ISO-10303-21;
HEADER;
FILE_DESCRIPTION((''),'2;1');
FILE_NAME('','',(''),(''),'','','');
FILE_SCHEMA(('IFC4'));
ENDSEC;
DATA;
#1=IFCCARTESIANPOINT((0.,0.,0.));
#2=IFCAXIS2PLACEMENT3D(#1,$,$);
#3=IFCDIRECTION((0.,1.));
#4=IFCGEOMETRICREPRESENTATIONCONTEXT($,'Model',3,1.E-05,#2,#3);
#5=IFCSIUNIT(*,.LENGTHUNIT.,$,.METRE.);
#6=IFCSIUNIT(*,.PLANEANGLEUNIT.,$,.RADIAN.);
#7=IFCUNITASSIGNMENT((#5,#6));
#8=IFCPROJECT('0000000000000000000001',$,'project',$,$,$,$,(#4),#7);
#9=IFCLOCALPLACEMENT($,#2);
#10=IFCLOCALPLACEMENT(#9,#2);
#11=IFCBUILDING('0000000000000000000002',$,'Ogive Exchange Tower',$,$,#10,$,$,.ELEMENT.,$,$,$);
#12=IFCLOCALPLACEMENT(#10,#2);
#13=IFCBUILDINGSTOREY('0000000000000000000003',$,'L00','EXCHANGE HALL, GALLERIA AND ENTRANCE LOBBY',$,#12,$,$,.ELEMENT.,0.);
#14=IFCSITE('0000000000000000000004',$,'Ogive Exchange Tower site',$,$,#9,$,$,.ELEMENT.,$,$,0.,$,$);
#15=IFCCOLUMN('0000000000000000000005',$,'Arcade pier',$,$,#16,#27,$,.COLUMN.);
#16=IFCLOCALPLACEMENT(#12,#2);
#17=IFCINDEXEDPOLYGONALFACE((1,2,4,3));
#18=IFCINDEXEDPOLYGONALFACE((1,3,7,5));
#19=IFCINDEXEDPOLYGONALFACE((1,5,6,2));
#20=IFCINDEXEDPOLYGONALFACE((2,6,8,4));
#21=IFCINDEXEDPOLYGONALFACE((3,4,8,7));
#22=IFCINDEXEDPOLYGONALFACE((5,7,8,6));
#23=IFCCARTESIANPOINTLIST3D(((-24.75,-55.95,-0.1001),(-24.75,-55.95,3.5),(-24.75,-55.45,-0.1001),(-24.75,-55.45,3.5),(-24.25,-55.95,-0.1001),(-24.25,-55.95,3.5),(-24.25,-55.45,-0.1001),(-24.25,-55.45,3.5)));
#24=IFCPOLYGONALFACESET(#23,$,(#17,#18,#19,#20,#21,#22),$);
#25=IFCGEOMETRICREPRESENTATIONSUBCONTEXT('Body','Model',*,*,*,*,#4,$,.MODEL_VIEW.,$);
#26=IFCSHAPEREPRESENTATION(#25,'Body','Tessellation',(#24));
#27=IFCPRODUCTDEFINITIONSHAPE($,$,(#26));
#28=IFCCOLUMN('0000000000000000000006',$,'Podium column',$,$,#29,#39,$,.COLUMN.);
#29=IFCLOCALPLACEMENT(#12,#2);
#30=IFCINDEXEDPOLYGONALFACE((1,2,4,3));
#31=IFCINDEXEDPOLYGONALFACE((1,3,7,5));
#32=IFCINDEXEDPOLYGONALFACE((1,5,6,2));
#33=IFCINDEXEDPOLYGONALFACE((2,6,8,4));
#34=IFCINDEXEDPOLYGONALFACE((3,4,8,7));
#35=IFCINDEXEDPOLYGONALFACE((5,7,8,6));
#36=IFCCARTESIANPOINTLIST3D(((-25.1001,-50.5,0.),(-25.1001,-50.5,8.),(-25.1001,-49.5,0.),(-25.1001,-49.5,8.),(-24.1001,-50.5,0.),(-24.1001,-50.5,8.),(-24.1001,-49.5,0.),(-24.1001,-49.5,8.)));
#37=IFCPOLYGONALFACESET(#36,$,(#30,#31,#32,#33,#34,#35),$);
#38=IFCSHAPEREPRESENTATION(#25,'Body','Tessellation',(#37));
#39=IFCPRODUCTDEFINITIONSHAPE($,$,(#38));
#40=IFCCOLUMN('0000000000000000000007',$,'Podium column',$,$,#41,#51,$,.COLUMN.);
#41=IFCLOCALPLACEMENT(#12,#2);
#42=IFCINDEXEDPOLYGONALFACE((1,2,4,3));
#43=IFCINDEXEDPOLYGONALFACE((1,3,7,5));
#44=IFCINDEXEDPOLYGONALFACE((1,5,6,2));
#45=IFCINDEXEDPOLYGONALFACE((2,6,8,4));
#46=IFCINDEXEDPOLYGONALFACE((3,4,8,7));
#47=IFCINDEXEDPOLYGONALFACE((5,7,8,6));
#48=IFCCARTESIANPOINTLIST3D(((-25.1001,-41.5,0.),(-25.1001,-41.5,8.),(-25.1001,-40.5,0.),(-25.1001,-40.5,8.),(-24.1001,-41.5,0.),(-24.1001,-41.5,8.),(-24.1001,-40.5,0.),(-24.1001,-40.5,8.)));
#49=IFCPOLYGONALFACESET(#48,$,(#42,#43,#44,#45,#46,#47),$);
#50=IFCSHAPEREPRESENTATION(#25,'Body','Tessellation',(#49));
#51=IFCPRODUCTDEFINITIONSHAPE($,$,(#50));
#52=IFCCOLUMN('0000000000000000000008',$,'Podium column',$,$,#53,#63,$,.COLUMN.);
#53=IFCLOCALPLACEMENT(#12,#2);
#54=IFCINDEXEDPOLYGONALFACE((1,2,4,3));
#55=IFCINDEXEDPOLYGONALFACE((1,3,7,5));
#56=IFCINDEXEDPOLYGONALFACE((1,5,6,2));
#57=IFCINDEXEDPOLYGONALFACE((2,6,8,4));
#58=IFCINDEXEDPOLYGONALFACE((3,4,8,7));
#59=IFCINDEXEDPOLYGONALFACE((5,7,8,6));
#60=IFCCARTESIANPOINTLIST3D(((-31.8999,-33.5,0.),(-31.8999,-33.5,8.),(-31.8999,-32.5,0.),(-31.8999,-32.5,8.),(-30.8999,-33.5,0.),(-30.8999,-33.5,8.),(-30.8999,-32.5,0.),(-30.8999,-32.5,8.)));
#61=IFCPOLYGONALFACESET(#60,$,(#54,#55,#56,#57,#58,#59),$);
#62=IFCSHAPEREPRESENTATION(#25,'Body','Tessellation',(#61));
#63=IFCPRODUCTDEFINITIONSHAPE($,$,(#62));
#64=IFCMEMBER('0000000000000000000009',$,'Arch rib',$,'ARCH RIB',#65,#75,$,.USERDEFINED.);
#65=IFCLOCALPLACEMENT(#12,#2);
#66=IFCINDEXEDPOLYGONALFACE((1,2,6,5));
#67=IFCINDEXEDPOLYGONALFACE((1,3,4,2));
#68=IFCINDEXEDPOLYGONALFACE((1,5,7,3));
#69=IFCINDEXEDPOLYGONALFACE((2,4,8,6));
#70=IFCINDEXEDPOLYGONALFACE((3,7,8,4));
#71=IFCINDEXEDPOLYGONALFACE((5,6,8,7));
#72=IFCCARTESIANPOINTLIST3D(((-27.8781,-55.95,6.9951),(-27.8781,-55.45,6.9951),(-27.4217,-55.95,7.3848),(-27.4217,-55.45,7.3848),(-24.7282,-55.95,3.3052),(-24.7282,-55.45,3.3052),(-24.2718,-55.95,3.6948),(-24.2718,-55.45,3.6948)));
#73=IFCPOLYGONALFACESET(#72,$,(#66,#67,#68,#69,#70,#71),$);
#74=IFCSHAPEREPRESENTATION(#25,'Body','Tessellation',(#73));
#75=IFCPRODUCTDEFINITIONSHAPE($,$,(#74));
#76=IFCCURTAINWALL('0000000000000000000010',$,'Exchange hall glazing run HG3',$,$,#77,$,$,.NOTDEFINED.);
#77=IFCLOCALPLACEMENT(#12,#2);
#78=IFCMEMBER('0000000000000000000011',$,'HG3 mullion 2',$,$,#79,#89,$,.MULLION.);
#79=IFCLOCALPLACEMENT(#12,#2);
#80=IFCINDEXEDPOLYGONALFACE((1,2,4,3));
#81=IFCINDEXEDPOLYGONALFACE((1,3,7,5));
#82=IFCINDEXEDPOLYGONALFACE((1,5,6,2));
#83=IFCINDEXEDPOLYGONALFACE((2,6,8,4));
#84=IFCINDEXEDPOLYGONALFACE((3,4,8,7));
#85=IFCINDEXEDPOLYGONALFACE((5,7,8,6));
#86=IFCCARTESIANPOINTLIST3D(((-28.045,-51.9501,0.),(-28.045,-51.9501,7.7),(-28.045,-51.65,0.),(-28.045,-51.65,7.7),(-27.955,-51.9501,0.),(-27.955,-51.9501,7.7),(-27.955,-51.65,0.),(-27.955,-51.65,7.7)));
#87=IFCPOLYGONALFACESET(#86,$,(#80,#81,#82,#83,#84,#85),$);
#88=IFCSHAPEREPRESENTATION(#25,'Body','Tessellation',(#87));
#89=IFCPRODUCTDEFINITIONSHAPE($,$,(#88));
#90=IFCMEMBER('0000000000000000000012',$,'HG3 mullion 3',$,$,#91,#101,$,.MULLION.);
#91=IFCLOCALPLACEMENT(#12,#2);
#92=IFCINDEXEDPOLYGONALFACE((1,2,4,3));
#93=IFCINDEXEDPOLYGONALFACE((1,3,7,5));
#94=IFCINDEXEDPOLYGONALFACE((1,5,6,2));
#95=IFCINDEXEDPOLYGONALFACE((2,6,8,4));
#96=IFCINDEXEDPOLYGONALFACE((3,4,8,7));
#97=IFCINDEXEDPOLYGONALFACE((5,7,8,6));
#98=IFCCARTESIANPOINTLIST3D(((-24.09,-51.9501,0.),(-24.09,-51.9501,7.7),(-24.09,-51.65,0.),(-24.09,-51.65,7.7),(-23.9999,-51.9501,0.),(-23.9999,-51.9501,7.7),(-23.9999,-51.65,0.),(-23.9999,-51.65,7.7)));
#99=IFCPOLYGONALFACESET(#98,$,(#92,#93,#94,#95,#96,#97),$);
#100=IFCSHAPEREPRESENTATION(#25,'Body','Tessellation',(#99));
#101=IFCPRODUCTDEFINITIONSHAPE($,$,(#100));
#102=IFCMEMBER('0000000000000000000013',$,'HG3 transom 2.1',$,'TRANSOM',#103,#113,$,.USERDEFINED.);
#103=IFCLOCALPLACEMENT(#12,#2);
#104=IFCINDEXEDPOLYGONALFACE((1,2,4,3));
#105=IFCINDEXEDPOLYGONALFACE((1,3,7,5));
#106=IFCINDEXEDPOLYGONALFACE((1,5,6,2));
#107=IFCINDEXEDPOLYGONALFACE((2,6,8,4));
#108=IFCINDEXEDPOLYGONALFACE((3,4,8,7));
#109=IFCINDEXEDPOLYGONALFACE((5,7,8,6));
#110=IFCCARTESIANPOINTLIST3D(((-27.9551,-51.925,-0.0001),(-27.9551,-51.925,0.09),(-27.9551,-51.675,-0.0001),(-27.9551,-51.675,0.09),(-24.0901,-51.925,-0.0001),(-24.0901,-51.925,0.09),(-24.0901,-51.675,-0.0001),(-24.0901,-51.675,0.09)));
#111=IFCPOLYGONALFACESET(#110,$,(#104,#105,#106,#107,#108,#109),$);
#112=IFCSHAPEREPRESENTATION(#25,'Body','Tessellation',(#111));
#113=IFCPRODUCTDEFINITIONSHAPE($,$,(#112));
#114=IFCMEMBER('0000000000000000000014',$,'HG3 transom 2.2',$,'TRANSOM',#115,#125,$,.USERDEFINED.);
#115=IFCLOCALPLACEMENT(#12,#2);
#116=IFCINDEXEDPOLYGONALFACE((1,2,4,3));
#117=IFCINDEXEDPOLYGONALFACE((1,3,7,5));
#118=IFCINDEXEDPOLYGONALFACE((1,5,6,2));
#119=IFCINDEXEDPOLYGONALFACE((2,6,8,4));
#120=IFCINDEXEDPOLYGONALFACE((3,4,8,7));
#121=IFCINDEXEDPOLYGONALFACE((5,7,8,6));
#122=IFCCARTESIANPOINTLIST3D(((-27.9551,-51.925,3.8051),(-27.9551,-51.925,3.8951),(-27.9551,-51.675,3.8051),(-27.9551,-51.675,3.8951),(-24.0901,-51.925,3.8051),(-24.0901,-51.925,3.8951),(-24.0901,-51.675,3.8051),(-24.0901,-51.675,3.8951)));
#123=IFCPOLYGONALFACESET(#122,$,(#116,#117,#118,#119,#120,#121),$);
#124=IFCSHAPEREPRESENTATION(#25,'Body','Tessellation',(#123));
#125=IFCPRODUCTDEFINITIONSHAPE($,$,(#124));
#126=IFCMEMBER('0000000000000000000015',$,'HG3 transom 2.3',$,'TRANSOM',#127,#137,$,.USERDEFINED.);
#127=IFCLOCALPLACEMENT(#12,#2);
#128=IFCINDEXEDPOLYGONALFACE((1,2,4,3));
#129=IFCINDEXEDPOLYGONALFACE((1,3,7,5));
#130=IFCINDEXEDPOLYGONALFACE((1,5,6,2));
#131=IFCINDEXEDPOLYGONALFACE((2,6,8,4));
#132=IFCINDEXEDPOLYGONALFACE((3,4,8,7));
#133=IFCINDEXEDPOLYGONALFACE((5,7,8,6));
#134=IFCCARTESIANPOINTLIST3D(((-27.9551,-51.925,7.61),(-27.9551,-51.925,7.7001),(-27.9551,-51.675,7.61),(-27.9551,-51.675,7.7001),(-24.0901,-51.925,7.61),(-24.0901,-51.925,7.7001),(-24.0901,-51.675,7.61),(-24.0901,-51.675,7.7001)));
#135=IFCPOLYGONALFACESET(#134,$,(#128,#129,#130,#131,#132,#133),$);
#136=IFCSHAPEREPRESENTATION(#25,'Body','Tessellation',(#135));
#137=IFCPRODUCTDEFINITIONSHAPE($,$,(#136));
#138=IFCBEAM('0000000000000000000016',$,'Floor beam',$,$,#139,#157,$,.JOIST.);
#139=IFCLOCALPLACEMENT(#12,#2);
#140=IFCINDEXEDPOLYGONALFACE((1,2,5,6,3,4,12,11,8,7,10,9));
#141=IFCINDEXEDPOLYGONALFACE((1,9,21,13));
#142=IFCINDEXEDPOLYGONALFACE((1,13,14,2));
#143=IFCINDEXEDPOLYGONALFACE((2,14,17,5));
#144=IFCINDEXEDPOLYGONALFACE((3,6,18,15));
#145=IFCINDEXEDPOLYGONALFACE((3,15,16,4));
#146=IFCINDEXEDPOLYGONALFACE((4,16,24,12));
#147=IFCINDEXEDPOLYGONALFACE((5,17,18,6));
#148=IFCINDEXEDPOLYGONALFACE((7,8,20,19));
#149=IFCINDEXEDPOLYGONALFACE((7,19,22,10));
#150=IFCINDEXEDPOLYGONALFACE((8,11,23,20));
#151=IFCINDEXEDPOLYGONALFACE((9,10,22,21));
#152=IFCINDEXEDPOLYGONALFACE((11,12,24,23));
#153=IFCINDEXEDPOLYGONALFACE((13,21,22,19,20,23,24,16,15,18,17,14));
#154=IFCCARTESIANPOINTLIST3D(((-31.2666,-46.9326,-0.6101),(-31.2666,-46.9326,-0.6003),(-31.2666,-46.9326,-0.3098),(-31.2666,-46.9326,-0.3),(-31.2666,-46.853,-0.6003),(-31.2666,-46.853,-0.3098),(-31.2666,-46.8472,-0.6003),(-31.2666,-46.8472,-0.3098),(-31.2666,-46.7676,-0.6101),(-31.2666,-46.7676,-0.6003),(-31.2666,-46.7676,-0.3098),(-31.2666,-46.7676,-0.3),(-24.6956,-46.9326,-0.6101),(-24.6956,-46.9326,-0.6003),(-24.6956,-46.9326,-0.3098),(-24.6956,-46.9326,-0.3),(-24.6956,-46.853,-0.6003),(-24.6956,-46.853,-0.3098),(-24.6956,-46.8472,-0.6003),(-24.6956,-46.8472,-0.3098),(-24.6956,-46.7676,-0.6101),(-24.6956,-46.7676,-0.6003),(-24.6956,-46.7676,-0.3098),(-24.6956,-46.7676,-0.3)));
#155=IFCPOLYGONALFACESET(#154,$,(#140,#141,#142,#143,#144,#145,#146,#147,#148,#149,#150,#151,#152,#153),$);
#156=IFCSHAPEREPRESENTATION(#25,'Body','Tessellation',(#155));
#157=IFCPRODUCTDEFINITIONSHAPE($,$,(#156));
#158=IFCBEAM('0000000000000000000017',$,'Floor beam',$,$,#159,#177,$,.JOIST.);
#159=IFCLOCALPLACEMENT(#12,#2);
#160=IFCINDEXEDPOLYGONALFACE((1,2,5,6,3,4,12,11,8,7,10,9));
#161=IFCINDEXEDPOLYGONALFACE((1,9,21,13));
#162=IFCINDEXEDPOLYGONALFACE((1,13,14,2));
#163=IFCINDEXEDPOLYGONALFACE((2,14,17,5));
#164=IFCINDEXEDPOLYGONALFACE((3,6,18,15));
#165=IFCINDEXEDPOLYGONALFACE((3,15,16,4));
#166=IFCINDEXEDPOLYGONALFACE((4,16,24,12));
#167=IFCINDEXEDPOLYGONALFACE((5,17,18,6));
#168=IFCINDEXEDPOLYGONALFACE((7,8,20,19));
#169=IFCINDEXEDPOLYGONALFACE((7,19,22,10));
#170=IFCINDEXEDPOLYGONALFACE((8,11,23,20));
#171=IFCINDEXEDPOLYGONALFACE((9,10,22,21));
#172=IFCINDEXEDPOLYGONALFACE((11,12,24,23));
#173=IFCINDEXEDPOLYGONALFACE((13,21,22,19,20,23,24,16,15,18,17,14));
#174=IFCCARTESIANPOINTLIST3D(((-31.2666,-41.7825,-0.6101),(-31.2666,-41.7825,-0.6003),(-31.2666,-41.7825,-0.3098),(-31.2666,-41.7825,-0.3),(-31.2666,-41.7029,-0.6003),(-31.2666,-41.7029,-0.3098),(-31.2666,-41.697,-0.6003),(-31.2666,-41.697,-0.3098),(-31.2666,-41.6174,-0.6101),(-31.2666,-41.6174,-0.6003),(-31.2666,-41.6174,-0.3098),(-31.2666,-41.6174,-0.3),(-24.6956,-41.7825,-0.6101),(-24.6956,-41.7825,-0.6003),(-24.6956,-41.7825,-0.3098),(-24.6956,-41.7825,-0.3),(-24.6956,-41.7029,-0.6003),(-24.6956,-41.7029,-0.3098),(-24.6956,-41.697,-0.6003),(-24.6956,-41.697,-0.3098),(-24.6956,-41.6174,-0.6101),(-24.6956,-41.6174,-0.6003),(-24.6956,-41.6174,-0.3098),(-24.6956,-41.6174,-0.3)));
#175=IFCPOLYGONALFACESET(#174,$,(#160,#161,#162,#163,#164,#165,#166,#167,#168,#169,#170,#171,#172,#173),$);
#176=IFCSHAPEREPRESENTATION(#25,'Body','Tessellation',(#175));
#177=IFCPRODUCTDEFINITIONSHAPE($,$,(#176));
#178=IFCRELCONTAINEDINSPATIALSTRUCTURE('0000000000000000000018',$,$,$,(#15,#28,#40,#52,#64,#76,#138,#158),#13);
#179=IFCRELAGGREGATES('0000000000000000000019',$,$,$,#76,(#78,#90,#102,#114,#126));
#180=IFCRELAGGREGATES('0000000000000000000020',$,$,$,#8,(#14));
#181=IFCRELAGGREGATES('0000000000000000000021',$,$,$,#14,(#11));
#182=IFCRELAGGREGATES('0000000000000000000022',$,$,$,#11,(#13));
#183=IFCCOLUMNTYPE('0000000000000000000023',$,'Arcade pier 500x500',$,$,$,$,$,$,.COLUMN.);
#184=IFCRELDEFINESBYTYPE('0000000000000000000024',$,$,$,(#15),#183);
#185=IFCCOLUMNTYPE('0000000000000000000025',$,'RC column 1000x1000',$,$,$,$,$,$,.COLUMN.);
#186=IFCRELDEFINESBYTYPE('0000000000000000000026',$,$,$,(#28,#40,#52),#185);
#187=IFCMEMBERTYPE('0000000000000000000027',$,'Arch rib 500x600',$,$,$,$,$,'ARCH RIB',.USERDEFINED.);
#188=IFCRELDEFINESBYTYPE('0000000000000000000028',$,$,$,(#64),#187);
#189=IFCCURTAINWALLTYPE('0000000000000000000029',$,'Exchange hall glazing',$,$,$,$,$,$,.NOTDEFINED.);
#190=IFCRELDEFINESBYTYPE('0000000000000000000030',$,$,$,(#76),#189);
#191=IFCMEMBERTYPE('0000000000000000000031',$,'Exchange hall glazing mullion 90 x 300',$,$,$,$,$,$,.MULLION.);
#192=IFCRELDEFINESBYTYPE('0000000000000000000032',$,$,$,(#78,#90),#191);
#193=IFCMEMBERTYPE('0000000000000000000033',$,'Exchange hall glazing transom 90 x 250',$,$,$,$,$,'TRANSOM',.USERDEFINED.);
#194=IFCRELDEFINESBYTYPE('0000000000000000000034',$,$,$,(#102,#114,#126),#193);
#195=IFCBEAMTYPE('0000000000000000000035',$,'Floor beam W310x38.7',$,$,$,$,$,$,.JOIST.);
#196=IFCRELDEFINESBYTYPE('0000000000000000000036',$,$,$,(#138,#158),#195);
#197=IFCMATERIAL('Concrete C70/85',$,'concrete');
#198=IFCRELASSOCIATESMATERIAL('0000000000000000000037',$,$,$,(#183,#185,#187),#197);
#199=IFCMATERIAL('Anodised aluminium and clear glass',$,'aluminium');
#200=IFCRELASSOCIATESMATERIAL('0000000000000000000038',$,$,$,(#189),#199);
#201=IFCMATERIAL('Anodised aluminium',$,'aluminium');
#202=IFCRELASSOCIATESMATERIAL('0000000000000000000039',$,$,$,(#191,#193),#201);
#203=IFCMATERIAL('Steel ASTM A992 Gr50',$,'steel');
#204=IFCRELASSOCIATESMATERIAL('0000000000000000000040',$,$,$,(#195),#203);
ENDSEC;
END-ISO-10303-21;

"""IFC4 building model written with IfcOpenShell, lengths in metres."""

from ifc_helpers import new_model, si_unit, direction, frame, origin, origin_2d, place, context, subcontext, project, spatial, rectangle, i_section, extrude, material, material_profile, profile_set, type_object, element, aggregate, save


model = new_model("IFC4")

# Units and contexts
model_context = context("Model", 3, precision=1e-05, world=origin(), true_north=direction((0.0, 1.0)))
body_context = subcontext(model_context, "Body", "Model", "MODEL_VIEW")
ifc_project = project(units=[si_unit("LENGTHUNIT", "METRE"), si_unit("PLANEANGLEUNIT", "RADIAN")], contexts=[model_context])

# Site, building, storey
site_placement = place(None, origin())
site = spatial("IfcSite", under=ifc_project, at=site_placement, Name="Ogive Exchange Tower site", CompositionType="ELEMENT", RefElevation=0.0)
building_placement = place(site_placement, origin())
building = spatial("IfcBuilding", under=site, at=building_placement, Name="Ogive Exchange Tower", CompositionType="ELEMENT")
storey_placement = place(building_placement, origin())
storey = spatial("IfcBuildingStorey", under=building, at=storey_placement, Name="L00", Description="EXCHANGE HALL, GALLERIA AND ENTRANCE LOBBY", CompositionType="ELEMENT", Elevation=0.0)

# Columns
ifc_material_1 = material(Name="Concrete C70/85", Category="concrete")
ifc_material_profile_1 = material_profile(ifc_material_1, rectangle(XDim=0.5, YDim=0.5, at=origin_2d()), Name="RC 500x500")
ifc_profile_set_1 = profile_set([ifc_material_profile_1], Name="Concrete C70/85")
column_type_1 = type_object("IfcColumnType", Name="Arcade pier 500x500", PredefinedType="COLUMN", material=ifc_profile_set_1)
column_placement = place(storey_placement, frame((-24.5, -55.7, -0.1001), z_axis=(0.0, 0.0, 1.0), x_axis=(1.0, 0.0, 0.0)))
element("IfcColumn", 1, at=column_placement, inside=storey, type_object=column_type_1, Name="Arcade pier", PredefinedType="COLUMN", context=body_context, shape_type="SweptSolid", body=[
    extrude(rectangle(XDim=0.5, YDim=0.5, at=origin_2d()), origin(), (0.0, 0.0, 1.0), 3.6001),
])
ifc_material_profile_2 = material_profile(ifc_material_1, rectangle(XDim=1.0, YDim=1.0, at=origin_2d()), Name="RC 1000x1000")
ifc_profile_set_2 = profile_set([ifc_material_profile_2], Name="Concrete C70/85")
column_type_2 = type_object("IfcColumnType", Name="RC column 1000x1000", PredefinedType="COLUMN", material=ifc_profile_set_2)
for number, where, z_axis, x_axis, name in (
    (2, (-24.6001, -50.0, 0.0), (0.0, 0.0, 1.0), (1.0, 0.0, 0.0), "Podium column"),
    (3, (-24.6001, -41.0, 0.0), (0.0, 0.0, 1.0), (1.0, 0.0, 0.0), "Podium column"),
    (4, (-31.3999, -33.0, 0.0), (0.0, 0.0, 1.0), (1.0, 0.0, 0.0), "Podium column"),
):
    element("IfcColumn", number, at=place(storey_placement, frame(where, z_axis=z_axis, x_axis=x_axis)), inside=storey, type_object=column_type_2, Name=name, PredefinedType="COLUMN", context=body_context, shape_type="SweptSolid", body=[
        extrude(rectangle(XDim=1.0, YDim=1.0, at=origin_2d()), origin(), (0.0, 0.0, 1.0), 8.0),
    ])

# Member
ifc_material_profile_3 = material_profile(ifc_material_1, rectangle(XDim=0.5, YDim=0.6001, at=origin_2d()), Name="PC 500x600")
ifc_profile_set_3 = profile_set([ifc_material_profile_3], Name="Concrete C70/85")
member_type_1 = type_object("IfcMemberType", Name="Arch rib 500x600", ElementType="ARCH RIB", PredefinedType="USERDEFINED", material=ifc_profile_set_3)
member_1_placement = place(storey_placement, frame((-24.5, -55.7, 3.5), z_axis=(-0.649257, 0.0, 0.760569), x_axis=(0.0, -1.0, 0.0)))
element("IfcMember", 5, at=member_1_placement, inside=storey, type_object=member_type_1, Name="Arch rib", ObjectType="ARCH RIB", PredefinedType="USERDEFINED", context=body_context, shape_type="SweptSolid", body=[
    extrude(rectangle(XDim=0.5, YDim=0.6001, at=origin_2d()), origin(), (0.0, 0.0, 1.0), 4.8516),
])

# Curtain wall, members
ifc_material_2 = material(Name="Anodised aluminium and clear glass", Category="aluminium")
curtain_wall_type = type_object("IfcCurtainWallType", Name="Exchange hall glazing", PredefinedType="NOTDEFINED", material=ifc_material_2)
curtain_wall_placement = place(storey_placement, origin())
curtain_wall = element("IfcCurtainWall", 6, at=curtain_wall_placement, inside=storey, type_object=curtain_wall_type, Name="Exchange hall glazing run HG3", PredefinedType="NOTDEFINED")
ifc_material_3 = material(Name="Anodised aluminium", Category="aluminium")
ifc_material_profile_4 = material_profile(ifc_material_3, rectangle(XDim=0.3, YDim=0.0901, at=origin_2d()), Name="AL 90x300")
ifc_profile_set_4 = profile_set([ifc_material_profile_4], Name="Anodised aluminium")
member_type_2 = type_object("IfcMemberType", Name="Exchange hall glazing mullion 90 x 300", PredefinedType="MULLION", material=ifc_profile_set_4)
member_2_placement = place(storey_placement, frame((-28.0, -51.8, 0.0), z_axis=(0.0, 0.0, 1.0), x_axis=(0.0, 1.0, 0.0)))
member_2 = element("IfcMember", 7, at=member_2_placement, type_object=member_type_2, Name="HG3 mullion 2", PredefinedType="MULLION", context=body_context, shape_type="SweptSolid", body=[
    extrude(rectangle(XDim=0.3, YDim=0.0901, at=origin_2d()), origin(), (0.0, 0.0, 1.0), 7.7),
])
member_3_placement = place(storey_placement, frame((-24.0449, -51.8, 0.0), z_axis=(0.0, 0.0, 1.0), x_axis=(0.0, 1.0, 0.0)))
member_3 = element("IfcMember", 8, at=member_3_placement, type_object=member_type_2, Name="HG3 mullion 3", PredefinedType="MULLION", context=body_context, shape_type="SweptSolid", body=[
    extrude(rectangle(XDim=0.3, YDim=0.0901, at=origin_2d()), origin(), (0.0, 0.0, 1.0), 7.7),
])
ifc_material_profile_5 = material_profile(ifc_material_3, rectangle(XDim=0.25, YDim=0.0901, at=origin_2d()), Name="AL 90x250")
ifc_profile_set_5 = profile_set([ifc_material_profile_5], Name="Anodised aluminium")
member_type_3 = type_object("IfcMemberType", Name="Exchange hall glazing transom 90 x 250", ElementType="TRANSOM", PredefinedType="USERDEFINED", material=ifc_profile_set_5)
member_4_placement = place(storey_placement, frame((-27.9551, -51.8, 0.0449), z_axis=(1.0, 0.0, 0.0), x_axis=(0.0, 1.0, 0.0)))
member_4 = element("IfcMember", 9, at=member_4_placement, type_object=member_type_3, Name="HG3 transom 2.1", ObjectType="TRANSOM", PredefinedType="USERDEFINED", context=body_context, shape_type="SweptSolid", body=[
    extrude(rectangle(XDim=0.25, YDim=0.0901, at=origin_2d()), origin(), (0.0, 0.0, 1.0), 3.865),
])
member_5_placement = place(storey_placement, frame((-27.9551, -51.8, 3.8501), z_axis=(1.0, 0.0, 0.0), x_axis=(0.0, 1.0, 0.0)))
member_5 = element("IfcMember", 10, at=member_5_placement, type_object=member_type_3, Name="HG3 transom 2.2", ObjectType="TRANSOM", PredefinedType="USERDEFINED", context=body_context, shape_type="SweptSolid", body=[
    extrude(rectangle(XDim=0.25, YDim=0.0901, at=origin_2d()), origin(), (0.0, 0.0, 1.0), 3.865),
])
member_6_placement = place(storey_placement, frame((-27.9551, -51.8, 7.655), z_axis=(1.0, 0.0, 0.0), x_axis=(0.0, 1.0, 0.0)))
member_6 = element("IfcMember", 11, at=member_6_placement, type_object=member_type_3, Name="HG3 transom 2.3", ObjectType="TRANSOM", PredefinedType="USERDEFINED", context=body_context, shape_type="SweptSolid", body=[
    extrude(rectangle(XDim=0.25, YDim=0.0901, at=origin_2d()), origin(), (0.0, 0.0, 1.0), 3.865),
])

# Beams
ifc_material_4 = material(Name="Steel ASTM A992 Gr50", Category="steel")
ifc_material_profile_6 = material_profile(ifc_material_4, i_section(OverallWidth=0.165, OverallDepth=0.3101, WebThickness=0.0059, FlangeThickness=0.0098, at=origin_2d()), Name="W310x38.7")
ifc_profile_set_6 = profile_set([ifc_material_profile_6], Name="Steel ASTM A992 Gr50")
beam_type_1 = type_object("IfcBeamType", Name="Floor beam W310x38.7", PredefinedType="JOIST", material=ifc_profile_set_6)
for number, where, z_axis, x_axis, name in (
    (12, (-31.2666, -46.8501, -0.4551), (1.0, 0.0, 0.0), (0.0, 1.0, 0.0), "Floor beam"),
    (13, (-31.2666, -41.7, -0.4551), (1.0, 0.0, 0.0), (0.0, 1.0, 0.0), "Floor beam"),
):
    element("IfcBeam", number, at=place(storey_placement, frame(where, z_axis=z_axis, x_axis=x_axis)), inside=storey, type_object=beam_type_1, Name=name, PredefinedType="JOIST", context=body_context, shape_type="SweptSolid", body=[
        extrude(i_section(OverallWidth=0.165, OverallDepth=0.3101, WebThickness=0.0059, FlangeThickness=0.0098, at=origin_2d()), origin(), (0.0, 0.0, 1.0), 6.571),
    ])

aggregate(curtain_wall, [member_2, member_3, member_4, member_5, member_6])

save(model, "model.ifc")
